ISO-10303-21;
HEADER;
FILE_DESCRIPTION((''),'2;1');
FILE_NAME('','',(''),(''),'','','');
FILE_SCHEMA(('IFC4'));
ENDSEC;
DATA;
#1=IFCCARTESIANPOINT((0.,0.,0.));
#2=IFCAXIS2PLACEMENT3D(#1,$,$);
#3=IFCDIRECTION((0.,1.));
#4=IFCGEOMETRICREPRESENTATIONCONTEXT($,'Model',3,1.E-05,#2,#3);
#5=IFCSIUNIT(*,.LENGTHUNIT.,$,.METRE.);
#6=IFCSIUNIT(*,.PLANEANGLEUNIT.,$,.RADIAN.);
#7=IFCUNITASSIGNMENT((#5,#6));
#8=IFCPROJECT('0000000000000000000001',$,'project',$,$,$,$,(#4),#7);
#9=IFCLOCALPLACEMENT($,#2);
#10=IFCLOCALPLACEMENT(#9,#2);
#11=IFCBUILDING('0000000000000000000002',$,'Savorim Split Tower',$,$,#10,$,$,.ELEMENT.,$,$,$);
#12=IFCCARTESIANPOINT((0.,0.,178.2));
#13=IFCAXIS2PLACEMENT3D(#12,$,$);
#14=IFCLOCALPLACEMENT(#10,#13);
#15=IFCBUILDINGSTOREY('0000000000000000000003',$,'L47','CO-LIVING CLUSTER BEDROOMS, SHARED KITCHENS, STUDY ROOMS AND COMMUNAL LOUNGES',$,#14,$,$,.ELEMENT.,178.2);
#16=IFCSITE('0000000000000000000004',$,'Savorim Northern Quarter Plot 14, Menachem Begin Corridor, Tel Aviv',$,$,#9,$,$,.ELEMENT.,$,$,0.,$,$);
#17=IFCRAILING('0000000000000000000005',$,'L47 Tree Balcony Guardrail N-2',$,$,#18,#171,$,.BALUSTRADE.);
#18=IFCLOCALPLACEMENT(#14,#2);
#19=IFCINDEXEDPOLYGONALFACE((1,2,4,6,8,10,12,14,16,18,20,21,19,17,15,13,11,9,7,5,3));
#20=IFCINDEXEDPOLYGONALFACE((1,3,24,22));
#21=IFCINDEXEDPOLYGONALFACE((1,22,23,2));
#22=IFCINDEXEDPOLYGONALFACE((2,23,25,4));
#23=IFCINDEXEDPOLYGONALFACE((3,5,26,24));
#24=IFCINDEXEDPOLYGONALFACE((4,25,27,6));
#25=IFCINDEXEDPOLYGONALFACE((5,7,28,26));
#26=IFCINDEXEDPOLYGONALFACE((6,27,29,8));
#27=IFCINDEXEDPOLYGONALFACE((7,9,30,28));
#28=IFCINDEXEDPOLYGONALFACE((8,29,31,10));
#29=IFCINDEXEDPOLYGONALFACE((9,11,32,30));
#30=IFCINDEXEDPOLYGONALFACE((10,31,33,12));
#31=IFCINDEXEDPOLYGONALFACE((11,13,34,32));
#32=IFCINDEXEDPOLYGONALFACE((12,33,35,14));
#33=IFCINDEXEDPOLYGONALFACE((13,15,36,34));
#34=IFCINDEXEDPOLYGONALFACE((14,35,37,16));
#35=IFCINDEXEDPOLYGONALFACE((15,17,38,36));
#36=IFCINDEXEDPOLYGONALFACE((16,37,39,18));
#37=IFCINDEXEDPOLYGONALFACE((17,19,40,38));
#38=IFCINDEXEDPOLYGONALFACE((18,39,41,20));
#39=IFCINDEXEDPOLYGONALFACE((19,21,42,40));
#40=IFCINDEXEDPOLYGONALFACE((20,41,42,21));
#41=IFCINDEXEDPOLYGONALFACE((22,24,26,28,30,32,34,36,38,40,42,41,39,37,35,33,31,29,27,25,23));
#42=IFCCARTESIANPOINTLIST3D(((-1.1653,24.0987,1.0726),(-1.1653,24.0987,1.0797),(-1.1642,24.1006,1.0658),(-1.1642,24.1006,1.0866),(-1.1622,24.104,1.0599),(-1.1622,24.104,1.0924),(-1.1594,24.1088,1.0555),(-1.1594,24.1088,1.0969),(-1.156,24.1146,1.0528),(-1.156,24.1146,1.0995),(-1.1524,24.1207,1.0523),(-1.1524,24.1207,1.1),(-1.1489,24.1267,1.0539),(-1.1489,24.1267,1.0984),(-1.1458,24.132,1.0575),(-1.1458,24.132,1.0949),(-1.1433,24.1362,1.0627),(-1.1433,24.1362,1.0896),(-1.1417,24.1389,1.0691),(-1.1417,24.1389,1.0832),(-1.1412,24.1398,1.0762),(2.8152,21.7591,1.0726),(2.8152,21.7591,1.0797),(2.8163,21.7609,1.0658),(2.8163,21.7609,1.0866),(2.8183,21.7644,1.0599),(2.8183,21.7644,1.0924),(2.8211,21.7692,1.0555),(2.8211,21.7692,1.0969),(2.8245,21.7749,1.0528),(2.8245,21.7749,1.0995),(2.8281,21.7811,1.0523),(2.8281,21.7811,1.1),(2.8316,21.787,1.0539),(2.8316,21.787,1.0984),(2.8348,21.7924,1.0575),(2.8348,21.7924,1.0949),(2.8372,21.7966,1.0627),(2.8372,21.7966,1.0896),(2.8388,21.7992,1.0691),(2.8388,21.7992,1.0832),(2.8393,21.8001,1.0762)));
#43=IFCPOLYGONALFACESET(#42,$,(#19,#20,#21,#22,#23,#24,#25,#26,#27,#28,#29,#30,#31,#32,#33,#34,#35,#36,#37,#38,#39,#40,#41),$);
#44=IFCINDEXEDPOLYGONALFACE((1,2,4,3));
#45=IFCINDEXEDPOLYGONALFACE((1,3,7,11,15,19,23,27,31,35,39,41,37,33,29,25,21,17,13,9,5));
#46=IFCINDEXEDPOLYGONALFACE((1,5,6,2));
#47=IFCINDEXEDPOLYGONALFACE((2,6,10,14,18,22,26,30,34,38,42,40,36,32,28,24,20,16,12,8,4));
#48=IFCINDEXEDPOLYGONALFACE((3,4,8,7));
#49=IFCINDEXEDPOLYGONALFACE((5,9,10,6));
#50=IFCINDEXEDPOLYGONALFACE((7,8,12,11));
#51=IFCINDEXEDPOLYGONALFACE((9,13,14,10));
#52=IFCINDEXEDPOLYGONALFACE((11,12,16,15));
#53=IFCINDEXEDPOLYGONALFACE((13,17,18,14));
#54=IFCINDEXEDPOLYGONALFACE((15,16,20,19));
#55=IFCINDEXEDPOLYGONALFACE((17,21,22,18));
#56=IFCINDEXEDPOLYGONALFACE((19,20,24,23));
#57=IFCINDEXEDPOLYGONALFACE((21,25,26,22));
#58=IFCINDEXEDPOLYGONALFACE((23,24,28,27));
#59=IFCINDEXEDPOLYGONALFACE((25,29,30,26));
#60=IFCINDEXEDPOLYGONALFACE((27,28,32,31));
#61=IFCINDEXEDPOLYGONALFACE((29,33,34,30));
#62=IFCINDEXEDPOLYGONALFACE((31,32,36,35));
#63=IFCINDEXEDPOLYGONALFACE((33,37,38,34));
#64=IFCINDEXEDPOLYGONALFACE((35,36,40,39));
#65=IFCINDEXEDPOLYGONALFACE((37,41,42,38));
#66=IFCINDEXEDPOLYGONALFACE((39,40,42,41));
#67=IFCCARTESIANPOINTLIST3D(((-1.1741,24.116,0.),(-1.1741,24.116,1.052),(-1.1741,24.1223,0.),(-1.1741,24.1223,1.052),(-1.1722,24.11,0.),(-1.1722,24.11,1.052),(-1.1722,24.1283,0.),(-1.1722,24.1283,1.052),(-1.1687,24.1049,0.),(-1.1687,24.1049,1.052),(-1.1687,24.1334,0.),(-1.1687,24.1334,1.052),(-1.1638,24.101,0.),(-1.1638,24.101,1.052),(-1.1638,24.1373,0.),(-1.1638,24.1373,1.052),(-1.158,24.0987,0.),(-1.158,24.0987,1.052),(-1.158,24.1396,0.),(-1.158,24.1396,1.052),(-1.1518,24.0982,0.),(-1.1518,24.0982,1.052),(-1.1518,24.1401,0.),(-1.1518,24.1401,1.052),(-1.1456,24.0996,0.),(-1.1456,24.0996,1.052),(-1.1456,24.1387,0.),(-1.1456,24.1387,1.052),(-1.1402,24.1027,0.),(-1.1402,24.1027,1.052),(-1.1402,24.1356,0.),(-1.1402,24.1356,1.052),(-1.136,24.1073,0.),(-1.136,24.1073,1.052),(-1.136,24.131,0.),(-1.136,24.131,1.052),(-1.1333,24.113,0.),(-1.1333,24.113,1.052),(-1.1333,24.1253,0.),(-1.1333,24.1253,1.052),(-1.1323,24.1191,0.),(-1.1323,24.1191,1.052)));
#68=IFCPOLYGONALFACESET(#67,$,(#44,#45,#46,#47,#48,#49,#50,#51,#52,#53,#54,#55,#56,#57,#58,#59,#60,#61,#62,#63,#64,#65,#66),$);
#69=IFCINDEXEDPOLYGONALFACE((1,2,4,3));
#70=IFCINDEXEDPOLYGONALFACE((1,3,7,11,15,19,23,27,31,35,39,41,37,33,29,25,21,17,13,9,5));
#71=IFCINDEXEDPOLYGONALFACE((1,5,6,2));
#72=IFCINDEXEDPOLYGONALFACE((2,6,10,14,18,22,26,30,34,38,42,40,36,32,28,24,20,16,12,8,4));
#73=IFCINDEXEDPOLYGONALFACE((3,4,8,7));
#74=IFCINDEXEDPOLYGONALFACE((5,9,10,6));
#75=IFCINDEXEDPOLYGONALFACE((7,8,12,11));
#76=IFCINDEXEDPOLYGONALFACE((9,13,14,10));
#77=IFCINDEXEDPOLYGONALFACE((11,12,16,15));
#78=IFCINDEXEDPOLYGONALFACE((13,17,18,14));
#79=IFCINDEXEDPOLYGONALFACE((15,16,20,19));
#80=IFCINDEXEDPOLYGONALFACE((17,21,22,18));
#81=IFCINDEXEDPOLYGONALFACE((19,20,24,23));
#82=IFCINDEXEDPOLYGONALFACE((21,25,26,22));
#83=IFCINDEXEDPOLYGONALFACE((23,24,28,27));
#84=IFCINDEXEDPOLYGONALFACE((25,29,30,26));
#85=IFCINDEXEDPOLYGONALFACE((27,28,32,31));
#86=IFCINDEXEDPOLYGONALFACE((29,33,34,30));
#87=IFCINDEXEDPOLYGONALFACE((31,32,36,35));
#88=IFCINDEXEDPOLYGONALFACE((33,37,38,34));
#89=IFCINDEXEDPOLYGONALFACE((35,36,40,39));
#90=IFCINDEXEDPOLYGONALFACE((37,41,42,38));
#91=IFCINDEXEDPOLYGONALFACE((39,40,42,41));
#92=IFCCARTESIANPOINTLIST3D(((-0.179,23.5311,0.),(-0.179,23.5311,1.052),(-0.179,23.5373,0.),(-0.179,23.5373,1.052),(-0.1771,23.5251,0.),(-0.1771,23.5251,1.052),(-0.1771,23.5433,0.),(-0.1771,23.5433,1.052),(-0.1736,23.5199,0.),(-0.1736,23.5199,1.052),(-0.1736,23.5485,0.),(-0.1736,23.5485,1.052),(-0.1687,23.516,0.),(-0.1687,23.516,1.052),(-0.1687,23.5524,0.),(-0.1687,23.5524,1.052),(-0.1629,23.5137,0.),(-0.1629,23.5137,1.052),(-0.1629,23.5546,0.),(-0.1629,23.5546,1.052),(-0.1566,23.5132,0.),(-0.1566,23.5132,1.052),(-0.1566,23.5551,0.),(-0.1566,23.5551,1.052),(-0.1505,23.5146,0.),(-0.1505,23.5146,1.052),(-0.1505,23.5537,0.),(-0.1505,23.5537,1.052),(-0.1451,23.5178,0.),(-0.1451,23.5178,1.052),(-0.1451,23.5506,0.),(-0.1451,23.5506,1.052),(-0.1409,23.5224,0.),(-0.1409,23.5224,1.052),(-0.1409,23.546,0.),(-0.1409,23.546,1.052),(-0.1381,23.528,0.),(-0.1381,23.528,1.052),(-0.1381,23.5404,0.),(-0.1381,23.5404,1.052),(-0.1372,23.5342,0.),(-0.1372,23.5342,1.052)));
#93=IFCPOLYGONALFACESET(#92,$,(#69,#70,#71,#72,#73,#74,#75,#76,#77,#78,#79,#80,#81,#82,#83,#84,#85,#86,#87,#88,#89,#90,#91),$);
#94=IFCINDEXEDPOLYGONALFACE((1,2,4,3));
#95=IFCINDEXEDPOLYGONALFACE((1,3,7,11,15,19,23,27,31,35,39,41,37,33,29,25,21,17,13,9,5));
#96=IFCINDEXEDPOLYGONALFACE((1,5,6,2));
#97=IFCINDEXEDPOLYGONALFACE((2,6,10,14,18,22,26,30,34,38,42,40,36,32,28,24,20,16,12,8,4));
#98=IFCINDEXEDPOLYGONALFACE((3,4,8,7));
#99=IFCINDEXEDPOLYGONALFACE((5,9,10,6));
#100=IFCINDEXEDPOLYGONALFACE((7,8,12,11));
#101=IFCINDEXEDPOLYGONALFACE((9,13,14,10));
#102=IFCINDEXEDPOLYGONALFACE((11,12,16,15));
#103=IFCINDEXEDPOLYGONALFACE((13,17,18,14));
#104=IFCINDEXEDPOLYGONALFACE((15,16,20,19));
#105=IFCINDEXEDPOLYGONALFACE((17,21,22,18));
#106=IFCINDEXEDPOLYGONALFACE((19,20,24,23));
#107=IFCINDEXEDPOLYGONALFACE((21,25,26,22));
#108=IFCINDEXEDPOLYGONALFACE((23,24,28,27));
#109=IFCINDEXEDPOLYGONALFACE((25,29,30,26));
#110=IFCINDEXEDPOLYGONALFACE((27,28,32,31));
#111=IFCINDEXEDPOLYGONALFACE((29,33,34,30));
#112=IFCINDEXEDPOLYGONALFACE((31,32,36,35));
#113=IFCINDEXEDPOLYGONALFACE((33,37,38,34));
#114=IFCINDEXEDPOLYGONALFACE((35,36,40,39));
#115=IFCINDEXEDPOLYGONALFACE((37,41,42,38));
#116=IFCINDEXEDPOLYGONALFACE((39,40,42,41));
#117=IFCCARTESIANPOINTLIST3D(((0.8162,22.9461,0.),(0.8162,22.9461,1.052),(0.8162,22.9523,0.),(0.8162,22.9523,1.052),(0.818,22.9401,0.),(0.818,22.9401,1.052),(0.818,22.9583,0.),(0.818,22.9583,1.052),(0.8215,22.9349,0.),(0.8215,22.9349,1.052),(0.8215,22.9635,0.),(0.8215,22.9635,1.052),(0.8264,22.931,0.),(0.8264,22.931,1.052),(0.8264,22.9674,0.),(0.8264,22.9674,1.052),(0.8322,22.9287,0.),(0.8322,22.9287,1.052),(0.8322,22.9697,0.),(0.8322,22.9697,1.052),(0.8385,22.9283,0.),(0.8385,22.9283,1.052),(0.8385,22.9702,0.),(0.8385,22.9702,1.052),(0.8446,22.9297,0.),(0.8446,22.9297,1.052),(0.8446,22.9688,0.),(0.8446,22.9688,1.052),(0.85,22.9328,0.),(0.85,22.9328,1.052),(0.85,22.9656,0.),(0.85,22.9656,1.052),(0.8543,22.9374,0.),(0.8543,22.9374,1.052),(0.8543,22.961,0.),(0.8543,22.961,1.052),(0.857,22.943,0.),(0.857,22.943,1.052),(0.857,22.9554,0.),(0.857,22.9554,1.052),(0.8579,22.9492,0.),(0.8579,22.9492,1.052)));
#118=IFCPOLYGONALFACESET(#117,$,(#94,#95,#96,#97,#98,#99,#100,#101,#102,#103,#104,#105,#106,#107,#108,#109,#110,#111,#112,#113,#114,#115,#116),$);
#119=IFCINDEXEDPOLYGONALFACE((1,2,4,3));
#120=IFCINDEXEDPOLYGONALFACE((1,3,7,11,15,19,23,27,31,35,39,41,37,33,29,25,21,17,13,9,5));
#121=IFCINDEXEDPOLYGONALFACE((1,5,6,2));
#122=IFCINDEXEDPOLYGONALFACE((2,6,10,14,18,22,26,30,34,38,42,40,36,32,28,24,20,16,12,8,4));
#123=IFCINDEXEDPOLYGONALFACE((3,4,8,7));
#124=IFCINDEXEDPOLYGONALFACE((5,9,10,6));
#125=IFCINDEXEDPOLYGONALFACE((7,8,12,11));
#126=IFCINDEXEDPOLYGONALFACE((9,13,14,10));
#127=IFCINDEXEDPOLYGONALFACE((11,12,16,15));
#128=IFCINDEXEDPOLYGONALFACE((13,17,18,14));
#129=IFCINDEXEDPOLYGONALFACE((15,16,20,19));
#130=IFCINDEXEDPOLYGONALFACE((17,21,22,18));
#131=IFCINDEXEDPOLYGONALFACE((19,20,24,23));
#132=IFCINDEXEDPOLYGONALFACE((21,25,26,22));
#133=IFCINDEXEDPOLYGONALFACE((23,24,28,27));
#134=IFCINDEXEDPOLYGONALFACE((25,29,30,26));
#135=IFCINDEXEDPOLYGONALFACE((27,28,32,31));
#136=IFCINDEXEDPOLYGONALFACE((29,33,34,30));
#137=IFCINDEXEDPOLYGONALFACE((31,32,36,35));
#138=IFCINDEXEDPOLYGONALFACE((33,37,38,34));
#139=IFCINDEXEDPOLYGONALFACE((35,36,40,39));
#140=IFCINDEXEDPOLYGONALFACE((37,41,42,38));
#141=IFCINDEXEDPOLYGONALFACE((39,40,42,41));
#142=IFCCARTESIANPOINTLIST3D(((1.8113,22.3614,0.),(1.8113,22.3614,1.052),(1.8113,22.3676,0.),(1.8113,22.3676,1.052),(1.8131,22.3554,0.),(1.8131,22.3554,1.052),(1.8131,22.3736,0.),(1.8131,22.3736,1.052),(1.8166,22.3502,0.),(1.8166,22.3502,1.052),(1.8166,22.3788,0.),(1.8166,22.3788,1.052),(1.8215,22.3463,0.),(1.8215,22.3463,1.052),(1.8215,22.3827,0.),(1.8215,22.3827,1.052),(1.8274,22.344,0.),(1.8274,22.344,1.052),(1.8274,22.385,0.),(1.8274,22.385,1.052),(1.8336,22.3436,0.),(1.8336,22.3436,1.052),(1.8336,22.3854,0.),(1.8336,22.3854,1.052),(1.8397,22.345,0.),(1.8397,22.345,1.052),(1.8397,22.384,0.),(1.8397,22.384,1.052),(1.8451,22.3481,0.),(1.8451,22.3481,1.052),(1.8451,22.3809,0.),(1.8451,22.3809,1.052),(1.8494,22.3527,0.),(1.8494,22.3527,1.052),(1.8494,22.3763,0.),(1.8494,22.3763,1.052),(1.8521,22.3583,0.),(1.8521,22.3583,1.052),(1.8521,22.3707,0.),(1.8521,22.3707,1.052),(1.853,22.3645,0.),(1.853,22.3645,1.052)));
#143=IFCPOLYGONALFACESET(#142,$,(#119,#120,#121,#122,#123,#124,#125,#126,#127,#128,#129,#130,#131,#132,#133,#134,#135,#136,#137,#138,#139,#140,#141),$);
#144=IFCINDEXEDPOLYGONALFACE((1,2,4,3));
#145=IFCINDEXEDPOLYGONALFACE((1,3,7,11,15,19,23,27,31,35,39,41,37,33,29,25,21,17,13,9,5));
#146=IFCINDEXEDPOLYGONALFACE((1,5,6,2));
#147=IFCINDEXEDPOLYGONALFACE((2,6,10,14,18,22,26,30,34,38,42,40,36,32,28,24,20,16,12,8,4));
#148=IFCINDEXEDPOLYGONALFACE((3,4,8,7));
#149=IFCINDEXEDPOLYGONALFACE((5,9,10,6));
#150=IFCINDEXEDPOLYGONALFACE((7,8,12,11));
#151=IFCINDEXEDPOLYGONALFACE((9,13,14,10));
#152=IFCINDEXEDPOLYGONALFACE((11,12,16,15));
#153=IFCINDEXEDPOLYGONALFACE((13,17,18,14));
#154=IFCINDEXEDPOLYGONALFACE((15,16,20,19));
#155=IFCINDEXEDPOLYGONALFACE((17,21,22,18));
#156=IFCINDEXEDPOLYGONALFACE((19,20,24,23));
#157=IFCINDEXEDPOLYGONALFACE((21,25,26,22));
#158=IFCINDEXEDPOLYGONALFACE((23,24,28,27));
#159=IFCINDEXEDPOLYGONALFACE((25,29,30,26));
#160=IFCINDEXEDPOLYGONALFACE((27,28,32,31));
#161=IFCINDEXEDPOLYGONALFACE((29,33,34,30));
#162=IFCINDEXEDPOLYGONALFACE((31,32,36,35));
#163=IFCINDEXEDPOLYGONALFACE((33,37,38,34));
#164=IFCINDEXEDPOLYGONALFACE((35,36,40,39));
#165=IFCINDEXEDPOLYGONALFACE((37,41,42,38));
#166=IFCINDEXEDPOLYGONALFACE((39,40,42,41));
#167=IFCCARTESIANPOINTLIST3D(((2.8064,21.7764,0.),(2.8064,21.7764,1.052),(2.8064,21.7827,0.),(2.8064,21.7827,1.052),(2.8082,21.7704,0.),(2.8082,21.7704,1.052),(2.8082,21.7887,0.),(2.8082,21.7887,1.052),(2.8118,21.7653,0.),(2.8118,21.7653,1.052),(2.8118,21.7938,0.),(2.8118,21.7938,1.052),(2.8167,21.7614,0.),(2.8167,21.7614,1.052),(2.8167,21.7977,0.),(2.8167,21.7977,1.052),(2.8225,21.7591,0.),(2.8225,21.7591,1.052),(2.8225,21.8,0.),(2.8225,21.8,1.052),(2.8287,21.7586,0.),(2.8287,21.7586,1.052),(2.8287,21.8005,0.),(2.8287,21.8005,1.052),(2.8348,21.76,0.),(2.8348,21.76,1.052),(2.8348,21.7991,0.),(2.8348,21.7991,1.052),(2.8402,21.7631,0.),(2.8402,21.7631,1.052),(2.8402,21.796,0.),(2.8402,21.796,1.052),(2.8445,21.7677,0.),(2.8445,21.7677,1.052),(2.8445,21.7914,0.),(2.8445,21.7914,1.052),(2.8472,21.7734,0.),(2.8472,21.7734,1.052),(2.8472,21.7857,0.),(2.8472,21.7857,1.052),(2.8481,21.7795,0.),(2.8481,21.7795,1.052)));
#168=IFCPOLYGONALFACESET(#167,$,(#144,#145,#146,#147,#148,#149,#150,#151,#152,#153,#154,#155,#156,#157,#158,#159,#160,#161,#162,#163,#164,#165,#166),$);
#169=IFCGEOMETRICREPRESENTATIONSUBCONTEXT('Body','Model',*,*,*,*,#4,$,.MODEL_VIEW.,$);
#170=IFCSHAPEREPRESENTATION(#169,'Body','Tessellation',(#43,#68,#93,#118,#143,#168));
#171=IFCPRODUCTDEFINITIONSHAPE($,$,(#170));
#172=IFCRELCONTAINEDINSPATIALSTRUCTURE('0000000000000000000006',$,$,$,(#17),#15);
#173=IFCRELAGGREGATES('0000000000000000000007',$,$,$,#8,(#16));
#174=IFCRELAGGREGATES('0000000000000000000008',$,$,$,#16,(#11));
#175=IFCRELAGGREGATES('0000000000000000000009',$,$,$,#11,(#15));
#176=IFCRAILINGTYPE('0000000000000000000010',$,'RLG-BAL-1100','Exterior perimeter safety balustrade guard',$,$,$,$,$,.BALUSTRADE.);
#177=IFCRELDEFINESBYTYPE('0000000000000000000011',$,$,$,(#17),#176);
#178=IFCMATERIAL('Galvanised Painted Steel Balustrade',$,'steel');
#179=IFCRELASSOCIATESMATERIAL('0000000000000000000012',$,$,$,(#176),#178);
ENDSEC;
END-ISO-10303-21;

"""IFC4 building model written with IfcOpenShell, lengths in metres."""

from ifc_helpers import new_model, si_unit, direction, frame, origin, origin_2d, place, context, subcontext, project, spatial, circle, extrude, material, type_object, element, save


model = new_model("IFC4")

# Units and contexts
model_context = context("Model", 3, precision=1e-05, world=origin(), true_north=direction((0.0, 1.0)))
body_context = subcontext(model_context, "Body", "Model", "MODEL_VIEW")
ifc_project = project(units=[si_unit("LENGTHUNIT", "METRE"), si_unit("PLANEANGLEUNIT", "RADIAN")], contexts=[model_context])

# Site, building, storey
site_placement = place(None, origin())
site = spatial("IfcSite", under=ifc_project, at=site_placement, Name="Savorim Northern Quarter Plot 14, Menachem Begin Corridor, Tel Aviv", CompositionType="ELEMENT", RefElevation=0.0)
building_placement = place(site_placement, origin())
building = spatial("IfcBuilding", under=site, at=building_placement, Name="Savorim Split Tower", CompositionType="ELEMENT")
storey_placement = place(building_placement, frame((0.0, 0.0, 178.2)))
storey = spatial("IfcBuildingStorey", under=building, at=storey_placement, Name="L47", Description="CO-LIVING CLUSTER BEDROOMS, SHARED KITCHENS, STUDY ROOMS AND COMMUNAL LOUNGES", CompositionType="ELEMENT", Elevation=178.2)

# Railing
ifc_material_1 = material(Name="Galvanised Painted Steel Balustrade", Category="steel")
railing_type = type_object("IfcRailingType", Name="RLG-BAL-1100", Description="Exterior perimeter safety balustrade guard", PredefinedType="BALUSTRADE", material=ifc_material_1)
railing_1_placement = place(storey_placement, frame((-1.1533, 24.1191, 0.0)))
element("IfcRailing", 1, at=railing_1_placement, inside=storey, type_object=railing_type, Name="L47 Tree Balcony Guardrail N-2", PredefinedType="BALUSTRADE", context=body_context, shape_type="SweptSolid", body=[
    extrude(circle(Radius=0.0239, at=origin_2d()), frame((0.0, 0.0, 1.0762), z_axis=(0.86211, -0.506722, 0.0), x_axis=(0.506722, 0.86211, 0.0)), (0.0, 0.0, 1.0), 4.6172),
    extrude(circle(Radius=0.021, at=origin_2d()), origin(), (0.0, 0.0, 1.0), 1.052),
    extrude(circle(Radius=0.021, at=origin_2d()), frame((0.9951, -0.585, 0.0)), (0.0, 0.0, 1.0), 1.052),
    extrude(circle(Radius=0.021, at=origin_2d()), frame((1.9902, -1.1699, 0.0)), (0.0, 0.0, 1.0), 1.052),
    extrude(circle(Radius=0.021, at=origin_2d()), frame((2.9854, -1.7546, 0.0)), (0.0, 0.0, 1.0), 1.052),
    extrude(circle(Radius=0.021, at=origin_2d()), frame((3.9805, -2.3396, 0.0)), (0.0, 0.0, 1.0), 1.052),
])

save(model, "model.ifc")
